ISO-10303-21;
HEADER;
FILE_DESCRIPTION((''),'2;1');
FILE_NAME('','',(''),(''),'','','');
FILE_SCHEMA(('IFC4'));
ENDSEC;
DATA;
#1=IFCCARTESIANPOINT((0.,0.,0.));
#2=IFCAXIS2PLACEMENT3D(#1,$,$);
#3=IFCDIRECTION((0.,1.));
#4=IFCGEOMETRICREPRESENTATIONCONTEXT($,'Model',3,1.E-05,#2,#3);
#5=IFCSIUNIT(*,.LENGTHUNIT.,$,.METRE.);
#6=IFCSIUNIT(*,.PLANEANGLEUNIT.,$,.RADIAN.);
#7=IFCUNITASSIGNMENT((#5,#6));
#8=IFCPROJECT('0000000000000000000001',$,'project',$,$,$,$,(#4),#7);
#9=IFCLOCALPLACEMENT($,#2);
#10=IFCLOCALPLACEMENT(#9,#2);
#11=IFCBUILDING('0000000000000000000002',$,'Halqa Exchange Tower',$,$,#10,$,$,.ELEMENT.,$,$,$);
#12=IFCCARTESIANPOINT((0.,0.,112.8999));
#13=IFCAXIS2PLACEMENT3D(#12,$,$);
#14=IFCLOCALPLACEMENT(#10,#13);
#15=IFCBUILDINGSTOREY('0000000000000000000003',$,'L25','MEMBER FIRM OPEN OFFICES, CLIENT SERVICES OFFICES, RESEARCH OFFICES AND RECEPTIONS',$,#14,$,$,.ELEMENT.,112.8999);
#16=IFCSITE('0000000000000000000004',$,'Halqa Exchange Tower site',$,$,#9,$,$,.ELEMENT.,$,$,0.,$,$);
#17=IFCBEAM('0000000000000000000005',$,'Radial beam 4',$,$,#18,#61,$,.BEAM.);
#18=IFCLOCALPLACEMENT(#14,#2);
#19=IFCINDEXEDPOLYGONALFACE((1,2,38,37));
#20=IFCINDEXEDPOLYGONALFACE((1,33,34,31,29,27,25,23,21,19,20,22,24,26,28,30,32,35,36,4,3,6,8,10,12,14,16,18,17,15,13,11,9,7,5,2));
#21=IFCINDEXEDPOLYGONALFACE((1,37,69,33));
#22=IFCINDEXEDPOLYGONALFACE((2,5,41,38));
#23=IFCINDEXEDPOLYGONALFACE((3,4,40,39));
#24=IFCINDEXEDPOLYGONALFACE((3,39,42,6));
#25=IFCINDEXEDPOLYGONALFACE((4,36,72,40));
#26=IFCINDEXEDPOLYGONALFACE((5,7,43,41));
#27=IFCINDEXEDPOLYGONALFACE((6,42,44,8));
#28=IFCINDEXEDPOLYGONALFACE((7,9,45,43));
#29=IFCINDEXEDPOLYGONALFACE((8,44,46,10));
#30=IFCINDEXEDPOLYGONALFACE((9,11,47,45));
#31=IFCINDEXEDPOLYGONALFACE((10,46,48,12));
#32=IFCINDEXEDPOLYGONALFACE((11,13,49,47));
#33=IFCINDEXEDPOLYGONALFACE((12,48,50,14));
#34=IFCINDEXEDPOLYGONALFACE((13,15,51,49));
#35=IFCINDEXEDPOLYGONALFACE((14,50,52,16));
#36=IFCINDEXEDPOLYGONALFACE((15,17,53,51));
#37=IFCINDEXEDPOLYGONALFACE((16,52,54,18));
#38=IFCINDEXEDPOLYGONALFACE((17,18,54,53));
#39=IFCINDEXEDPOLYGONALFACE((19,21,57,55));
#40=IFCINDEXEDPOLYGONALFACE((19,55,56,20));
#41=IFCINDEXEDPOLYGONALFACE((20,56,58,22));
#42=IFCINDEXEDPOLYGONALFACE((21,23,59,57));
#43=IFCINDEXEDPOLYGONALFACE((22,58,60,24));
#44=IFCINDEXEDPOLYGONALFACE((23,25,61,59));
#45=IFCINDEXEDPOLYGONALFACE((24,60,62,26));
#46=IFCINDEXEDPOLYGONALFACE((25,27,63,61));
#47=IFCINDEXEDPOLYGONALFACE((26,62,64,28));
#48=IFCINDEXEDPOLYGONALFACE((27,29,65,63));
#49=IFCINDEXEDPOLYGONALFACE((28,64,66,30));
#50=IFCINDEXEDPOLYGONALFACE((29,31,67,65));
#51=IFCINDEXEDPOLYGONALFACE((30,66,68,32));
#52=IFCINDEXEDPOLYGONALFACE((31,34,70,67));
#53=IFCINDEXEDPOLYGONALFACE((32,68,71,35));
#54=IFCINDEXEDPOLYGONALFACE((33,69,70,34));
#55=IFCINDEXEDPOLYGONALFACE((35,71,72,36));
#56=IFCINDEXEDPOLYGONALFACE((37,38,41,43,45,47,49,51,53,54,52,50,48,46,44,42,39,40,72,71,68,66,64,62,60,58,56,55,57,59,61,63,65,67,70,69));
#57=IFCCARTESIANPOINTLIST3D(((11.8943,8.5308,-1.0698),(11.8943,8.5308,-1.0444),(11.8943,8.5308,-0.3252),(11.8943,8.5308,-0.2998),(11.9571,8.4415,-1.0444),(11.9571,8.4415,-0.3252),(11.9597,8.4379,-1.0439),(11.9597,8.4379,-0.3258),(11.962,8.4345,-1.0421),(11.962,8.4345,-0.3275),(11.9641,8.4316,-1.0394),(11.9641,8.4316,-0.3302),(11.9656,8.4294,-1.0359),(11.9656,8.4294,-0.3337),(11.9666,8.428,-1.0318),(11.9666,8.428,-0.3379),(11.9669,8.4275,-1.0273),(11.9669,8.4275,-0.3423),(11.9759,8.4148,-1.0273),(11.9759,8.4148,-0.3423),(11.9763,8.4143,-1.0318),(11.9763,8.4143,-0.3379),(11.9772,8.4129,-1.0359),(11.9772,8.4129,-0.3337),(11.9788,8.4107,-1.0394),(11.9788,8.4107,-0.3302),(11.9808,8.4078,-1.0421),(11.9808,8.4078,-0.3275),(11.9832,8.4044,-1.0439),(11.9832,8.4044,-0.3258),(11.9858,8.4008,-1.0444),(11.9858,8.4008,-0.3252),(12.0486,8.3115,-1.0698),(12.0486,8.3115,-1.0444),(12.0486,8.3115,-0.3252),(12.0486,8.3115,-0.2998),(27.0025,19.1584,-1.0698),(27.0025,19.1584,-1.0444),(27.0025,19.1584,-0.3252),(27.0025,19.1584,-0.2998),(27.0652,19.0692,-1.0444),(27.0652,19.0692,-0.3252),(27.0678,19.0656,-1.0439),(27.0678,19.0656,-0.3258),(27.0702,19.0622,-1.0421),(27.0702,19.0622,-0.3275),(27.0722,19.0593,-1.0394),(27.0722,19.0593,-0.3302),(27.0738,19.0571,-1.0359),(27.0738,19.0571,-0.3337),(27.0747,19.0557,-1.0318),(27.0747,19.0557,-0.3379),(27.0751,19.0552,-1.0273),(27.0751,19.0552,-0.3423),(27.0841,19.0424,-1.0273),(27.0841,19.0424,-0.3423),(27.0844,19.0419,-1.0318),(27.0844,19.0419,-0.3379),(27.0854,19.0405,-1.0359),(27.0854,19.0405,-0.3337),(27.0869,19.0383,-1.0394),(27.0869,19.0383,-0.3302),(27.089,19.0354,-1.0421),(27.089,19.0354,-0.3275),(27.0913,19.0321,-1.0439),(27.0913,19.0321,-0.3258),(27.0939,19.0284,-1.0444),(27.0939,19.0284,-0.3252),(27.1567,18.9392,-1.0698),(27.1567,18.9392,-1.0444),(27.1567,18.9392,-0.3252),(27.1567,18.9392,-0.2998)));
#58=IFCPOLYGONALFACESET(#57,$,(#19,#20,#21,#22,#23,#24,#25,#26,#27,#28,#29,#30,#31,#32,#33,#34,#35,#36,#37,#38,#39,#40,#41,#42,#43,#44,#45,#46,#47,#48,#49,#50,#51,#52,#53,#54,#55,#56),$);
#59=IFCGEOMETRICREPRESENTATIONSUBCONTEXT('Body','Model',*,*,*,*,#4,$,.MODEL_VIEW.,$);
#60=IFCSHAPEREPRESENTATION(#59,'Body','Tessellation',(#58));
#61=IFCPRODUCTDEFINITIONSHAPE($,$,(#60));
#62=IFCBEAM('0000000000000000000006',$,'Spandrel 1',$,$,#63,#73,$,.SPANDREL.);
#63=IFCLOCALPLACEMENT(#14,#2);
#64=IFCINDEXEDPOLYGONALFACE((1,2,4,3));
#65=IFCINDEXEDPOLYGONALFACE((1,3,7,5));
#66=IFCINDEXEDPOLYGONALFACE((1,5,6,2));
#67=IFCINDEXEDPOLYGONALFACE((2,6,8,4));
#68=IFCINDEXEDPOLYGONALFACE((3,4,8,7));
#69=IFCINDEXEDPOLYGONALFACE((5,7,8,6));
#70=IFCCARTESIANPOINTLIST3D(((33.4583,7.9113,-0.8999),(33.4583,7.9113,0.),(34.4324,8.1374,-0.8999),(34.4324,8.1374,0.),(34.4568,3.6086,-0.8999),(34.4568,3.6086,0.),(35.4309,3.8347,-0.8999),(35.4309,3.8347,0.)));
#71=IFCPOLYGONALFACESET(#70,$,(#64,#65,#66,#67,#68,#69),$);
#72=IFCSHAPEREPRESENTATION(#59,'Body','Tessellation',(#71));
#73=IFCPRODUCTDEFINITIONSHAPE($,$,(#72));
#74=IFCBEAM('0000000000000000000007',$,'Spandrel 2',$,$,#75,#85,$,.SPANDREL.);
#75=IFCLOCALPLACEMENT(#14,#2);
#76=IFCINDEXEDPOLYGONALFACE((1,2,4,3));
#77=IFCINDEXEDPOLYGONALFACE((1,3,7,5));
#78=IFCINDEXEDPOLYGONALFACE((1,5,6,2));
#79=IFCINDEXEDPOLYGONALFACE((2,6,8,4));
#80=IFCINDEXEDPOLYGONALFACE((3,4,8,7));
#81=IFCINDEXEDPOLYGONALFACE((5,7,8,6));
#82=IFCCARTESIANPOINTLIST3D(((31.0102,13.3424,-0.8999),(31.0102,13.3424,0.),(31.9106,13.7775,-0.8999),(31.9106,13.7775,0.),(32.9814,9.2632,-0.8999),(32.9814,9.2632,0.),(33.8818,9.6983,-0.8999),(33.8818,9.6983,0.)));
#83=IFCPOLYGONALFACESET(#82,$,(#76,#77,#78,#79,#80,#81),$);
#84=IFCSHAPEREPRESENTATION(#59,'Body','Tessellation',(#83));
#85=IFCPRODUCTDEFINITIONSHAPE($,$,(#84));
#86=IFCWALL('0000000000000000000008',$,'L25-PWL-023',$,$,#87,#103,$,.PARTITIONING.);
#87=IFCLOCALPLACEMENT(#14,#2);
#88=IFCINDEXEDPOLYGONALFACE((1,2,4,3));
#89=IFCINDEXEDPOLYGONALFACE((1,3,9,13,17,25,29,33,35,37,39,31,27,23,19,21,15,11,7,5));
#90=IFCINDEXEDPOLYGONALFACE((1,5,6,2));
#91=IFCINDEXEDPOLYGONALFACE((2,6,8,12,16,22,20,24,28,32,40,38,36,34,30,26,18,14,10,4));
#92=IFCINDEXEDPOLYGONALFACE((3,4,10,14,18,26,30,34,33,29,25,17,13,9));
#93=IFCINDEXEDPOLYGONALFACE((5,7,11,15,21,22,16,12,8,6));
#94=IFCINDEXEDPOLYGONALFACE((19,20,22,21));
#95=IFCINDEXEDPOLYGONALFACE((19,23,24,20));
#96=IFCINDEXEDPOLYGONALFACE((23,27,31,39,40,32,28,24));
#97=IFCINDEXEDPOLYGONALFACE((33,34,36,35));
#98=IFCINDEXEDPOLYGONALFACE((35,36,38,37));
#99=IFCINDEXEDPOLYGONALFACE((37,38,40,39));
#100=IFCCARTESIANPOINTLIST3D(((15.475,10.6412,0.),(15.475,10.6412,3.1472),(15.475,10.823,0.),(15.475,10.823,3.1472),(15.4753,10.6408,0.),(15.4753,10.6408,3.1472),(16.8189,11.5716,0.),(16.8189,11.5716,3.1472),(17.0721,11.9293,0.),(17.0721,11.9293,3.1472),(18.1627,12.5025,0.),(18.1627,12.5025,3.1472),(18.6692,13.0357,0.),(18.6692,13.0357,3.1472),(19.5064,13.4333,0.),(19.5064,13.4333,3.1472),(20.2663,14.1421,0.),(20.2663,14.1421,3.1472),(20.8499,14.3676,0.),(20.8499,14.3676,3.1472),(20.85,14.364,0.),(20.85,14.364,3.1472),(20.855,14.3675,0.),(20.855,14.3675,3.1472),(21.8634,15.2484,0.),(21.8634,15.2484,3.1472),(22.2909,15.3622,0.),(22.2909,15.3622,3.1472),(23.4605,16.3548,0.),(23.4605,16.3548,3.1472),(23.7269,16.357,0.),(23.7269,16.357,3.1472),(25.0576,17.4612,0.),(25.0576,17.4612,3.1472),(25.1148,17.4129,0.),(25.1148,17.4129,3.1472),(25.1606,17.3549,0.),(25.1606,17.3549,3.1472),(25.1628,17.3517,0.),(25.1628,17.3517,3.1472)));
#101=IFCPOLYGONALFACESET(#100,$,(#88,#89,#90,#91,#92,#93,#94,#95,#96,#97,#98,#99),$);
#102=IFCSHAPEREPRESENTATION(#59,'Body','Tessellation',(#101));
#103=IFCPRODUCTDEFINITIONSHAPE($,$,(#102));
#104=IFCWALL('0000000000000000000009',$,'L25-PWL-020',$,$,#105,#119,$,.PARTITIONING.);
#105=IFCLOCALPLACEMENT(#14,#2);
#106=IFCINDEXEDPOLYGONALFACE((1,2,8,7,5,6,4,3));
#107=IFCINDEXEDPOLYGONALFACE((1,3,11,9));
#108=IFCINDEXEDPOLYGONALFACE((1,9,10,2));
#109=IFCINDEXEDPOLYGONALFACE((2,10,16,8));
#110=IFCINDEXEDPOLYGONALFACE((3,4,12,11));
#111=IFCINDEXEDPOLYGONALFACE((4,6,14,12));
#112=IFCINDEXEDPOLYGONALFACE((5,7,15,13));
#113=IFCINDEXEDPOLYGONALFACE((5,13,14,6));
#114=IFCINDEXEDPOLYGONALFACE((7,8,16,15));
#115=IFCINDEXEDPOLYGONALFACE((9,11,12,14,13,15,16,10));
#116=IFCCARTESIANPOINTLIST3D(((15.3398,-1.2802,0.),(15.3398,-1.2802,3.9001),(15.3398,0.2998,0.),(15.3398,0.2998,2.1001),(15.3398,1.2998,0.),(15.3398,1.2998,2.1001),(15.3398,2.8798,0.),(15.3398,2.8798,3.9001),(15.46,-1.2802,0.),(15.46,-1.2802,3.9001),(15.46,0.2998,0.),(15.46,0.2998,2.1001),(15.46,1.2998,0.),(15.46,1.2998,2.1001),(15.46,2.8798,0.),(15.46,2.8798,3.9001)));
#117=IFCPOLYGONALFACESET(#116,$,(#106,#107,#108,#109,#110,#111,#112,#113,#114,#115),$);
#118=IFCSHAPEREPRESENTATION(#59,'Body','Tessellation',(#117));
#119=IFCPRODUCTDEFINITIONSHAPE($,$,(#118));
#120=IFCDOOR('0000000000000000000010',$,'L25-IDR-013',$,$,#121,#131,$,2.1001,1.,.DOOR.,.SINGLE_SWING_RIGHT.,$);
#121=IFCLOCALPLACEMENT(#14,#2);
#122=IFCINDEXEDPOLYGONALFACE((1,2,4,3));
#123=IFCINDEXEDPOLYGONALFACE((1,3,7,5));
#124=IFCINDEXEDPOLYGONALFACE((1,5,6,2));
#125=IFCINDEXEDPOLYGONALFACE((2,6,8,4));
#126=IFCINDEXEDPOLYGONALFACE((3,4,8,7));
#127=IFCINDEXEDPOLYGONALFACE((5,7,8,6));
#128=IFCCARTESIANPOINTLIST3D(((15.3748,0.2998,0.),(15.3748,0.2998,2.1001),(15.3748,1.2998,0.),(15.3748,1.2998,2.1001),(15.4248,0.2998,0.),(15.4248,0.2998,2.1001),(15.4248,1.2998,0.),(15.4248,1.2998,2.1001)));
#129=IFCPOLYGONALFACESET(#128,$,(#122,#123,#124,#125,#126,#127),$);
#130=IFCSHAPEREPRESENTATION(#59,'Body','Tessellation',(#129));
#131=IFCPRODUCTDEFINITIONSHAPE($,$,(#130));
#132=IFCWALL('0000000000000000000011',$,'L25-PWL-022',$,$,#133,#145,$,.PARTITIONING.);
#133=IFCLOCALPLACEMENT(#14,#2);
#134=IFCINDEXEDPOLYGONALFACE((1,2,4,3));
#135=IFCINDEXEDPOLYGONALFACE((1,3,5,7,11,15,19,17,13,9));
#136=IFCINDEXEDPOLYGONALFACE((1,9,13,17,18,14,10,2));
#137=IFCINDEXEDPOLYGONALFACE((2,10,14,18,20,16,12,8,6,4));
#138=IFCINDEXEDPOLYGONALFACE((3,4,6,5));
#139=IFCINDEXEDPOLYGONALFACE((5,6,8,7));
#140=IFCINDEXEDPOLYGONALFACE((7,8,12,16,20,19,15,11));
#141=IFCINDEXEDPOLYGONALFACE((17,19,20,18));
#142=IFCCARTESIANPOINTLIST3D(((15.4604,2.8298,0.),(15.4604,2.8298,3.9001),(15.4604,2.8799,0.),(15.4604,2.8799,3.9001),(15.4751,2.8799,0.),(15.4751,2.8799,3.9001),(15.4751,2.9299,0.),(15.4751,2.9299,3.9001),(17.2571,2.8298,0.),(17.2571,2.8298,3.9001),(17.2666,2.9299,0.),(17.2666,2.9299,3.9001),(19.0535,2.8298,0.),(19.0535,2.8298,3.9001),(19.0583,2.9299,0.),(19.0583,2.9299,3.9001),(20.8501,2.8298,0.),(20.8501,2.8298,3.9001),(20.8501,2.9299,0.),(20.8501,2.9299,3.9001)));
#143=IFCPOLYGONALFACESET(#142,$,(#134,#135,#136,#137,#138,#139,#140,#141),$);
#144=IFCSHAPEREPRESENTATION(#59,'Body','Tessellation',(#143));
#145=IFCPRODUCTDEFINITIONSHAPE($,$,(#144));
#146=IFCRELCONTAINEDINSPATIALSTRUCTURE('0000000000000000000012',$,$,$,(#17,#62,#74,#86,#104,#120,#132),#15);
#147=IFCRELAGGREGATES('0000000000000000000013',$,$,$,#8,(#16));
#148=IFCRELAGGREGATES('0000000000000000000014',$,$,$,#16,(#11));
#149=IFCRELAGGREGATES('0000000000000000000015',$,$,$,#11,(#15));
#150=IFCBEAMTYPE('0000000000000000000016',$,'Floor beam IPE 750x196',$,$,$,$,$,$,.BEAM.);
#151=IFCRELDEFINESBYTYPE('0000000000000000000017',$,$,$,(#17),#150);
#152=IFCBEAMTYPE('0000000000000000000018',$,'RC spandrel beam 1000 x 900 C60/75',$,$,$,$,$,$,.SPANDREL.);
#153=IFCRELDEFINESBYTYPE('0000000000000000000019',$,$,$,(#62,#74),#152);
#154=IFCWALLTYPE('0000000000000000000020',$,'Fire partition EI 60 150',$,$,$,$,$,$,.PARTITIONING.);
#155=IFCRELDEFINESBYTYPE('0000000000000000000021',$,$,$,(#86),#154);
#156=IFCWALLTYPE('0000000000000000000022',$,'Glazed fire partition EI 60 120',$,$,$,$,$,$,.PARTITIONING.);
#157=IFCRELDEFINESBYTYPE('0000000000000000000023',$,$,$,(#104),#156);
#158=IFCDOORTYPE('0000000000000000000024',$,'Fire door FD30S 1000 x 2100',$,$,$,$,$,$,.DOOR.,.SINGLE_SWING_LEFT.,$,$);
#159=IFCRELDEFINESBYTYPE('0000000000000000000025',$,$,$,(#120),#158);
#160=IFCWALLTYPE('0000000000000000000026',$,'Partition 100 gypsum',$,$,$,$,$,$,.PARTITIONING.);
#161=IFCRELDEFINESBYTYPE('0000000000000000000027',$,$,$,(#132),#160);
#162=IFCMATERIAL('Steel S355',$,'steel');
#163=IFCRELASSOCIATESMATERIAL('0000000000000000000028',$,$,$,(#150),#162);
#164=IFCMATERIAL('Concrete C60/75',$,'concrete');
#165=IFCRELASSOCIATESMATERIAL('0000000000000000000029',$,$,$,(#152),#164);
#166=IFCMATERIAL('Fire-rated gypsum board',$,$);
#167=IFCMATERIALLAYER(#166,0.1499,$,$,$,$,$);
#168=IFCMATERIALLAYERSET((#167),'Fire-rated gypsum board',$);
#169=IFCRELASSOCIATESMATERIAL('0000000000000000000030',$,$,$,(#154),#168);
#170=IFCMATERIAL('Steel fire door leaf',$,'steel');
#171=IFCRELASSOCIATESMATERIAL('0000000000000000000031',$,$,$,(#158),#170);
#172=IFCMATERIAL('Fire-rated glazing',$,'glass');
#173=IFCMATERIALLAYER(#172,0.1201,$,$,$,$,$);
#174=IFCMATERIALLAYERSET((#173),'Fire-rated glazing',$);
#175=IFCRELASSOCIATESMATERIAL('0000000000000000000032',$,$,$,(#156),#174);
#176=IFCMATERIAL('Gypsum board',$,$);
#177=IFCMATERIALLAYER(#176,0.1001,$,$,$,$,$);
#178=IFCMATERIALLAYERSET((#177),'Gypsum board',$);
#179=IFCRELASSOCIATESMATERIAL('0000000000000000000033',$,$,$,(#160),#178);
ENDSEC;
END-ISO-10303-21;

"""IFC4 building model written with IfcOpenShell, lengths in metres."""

from ifc_helpers import new_model, si_unit, direction, frame, frame_2d, origin, origin_2d, place, context, subcontext, project, spatial, polyline, rectangle, i_section, outline, extrude, material, layer, layer_set, material_profile, profile_set, type_object, element, fill, save


model = new_model("IFC4")

# Units and contexts
model_context = context("Model", 3, precision=1e-05, world=origin(), true_north=direction((0.0, 1.0)))
body_context = subcontext(model_context, "Body", "Model", "MODEL_VIEW")
ifc_project = project(units=[si_unit("LENGTHUNIT", "METRE"), si_unit("PLANEANGLEUNIT", "RADIAN")], contexts=[model_context])

# Site, building, storey
site_placement = place(None, origin())
site = spatial("IfcSite", under=ifc_project, at=site_placement, Name="Halqa Exchange Tower site", CompositionType="ELEMENT", RefElevation=0.0)
building_placement = place(site_placement, origin())
building = spatial("IfcBuilding", under=site, at=building_placement, Name="Halqa Exchange Tower", CompositionType="ELEMENT")
storey_placement = place(building_placement, frame((0.0, 0.0, 112.8999)))
storey = spatial("IfcBuildingStorey", under=building, at=storey_placement, Name="L25", Description="MEMBER FIRM OPEN OFFICES, CLIENT SERVICES OFFICES, RESEARCH OFFICES AND RECEPTIONS", CompositionType="ELEMENT", Elevation=112.8999)

# Beams
ifc_material_1 = material(Name="Steel S355", Category="steel")
ifc_material_profile_1 = material_profile(ifc_material_1, i_section(OverallWidth=0.2681, OverallDepth=0.77, WebThickness=0.0156, FlangeThickness=0.0254, FilletRadius=0.0171, at=origin_2d()), Name="IPE 750x196")
ifc_profile_set_1 = profile_set([ifc_material_profile_1], Name="Steel S355")
beam_type_1 = type_object("IfcBeamType", Name="Floor beam IPE 750x196", PredefinedType="BEAM", material=ifc_profile_set_1)
beam_1_placement = place(storey_placement, frame((11.9714, 8.4211, -0.6848), z_axis=(0.817908, 0.575349, 0.0), x_axis=(-0.575349, 0.817908, 0.0)))
element("IfcBeam", 1, at=beam_1_placement, inside=storey, type_object=beam_type_1, Name="Radial beam 4", PredefinedType="BEAM", context=body_context, shape_type="SweptSolid", body=[
    extrude(i_section(OverallWidth=0.2681, OverallDepth=0.77, WebThickness=0.0156, FlangeThickness=0.0254, FilletRadius=0.0171, at=origin_2d()), origin(), (0.0, 0.0, 1.0), 18.4717),
])
ifc_material_2 = material(Name="Concrete C60/75", Category="concrete")
ifc_material_profile_2 = material_profile(ifc_material_2, rectangle(XDim=1.0, YDim=0.8999, at=origin_2d()), Name="1000 x 900")
ifc_profile_set_2 = profile_set([ifc_material_profile_2], Name="Concrete C60/75")
beam_type_2 = type_object("IfcBeamType", Name="RC spandrel beam 1000 x 900 C60/75", PredefinedType="SPANDREL", material=ifc_profile_set_2)
beam_2_placement = place(storey_placement, frame((34.9438, 3.7217, -0.45), z_axis=(-0.226062, 0.974113, 0.0), x_axis=(-0.974113, -0.226062, 0.0)))
element("IfcBeam", 2, at=beam_2_placement, inside=storey, type_object=beam_type_2, Name="Spandrel 1", PredefinedType="SPANDREL", context=body_context, shape_type="SweptSolid", body=[
    extrude(rectangle(XDim=1.0, YDim=0.8999, at=origin_2d()), origin(), (0.0, 0.0, 1.0), 4.417),
])
beam_3_placement = place(storey_placement, frame((33.4316, 9.4807, -0.45), z_axis=(-0.435102, 0.900381, 0.0), x_axis=(-0.900381, -0.435102, 0.0)))
element("IfcBeam", 3, at=beam_3_placement, inside=storey, type_object=beam_type_2, Name="Spandrel 2", PredefinedType="SPANDREL", context=body_context, shape_type="SweptSolid", body=[
    extrude(rectangle(XDim=1.0, YDim=0.8999, at=origin_2d()), origin(), (0.0, 0.0, 1.0), 4.5305),
])

# Shared definitions
ifc_material_3 = material(Name="Fire-rated gypsum board")
ifc_layer_1 = layer(ifc_material_3, 0.1499)
ifc_layer_set_1 = layer_set([ifc_layer_1], Name="Fire-rated gypsum board")
wall_type_1 = type_object("IfcWallType", Name="Fire partition EI 60 150", PredefinedType="PARTITIONING", material=ifc_layer_set_1)
ifc_material_4 = material(Name="Steel fire door leaf", Category="steel")
door_type = type_object("IfcDoorType", Name="Fire door FD30S 1000 x 2100", OperationType="SINGLE_SWING_LEFT", PredefinedType="DOOR", material=ifc_material_4)

# Wall
wall_1_placement = place(storey_placement, frame((15.4326, 10.7024, 0.0), z_axis=(0.0, 0.0, 1.0), x_axis=(0.822025, 0.569451, 0.0)))
element("IfcWall", 4, at=wall_1_placement, inside=storey, type_object=wall_type_1, Name="L25-PWL-023", PredefinedType="PARTITIONING", context=body_context, shape_type="SweptSolid", body=[
    extrude(outline(polyline([(0.0, -0.075), (1.6345, -0.075), (3.2693, -0.075), (4.9038, -0.075), (6.5383, -0.075), (6.5403, -0.072), (6.5444, -0.075), (8.2913, -0.075), (10.0381, -0.075), (11.7849, -0.075), (11.7849, -0.071), (11.7803, 0.0027), (11.7607, 0.075), (9.8179, 0.075), (7.875, 0.075), (5.9321, 0.075), (3.9893, 0.075), (2.0464, 0.075), (0.1035, 0.075), (0.0, -0.0745), (0.0, -0.075)])), origin(), (0.0, 0.0, 1.0), 3.1472),
])

# Wall, opening, door
ifc_material_5 = material(Name="Fire-rated glazing", Category="glass")
ifc_layer_2 = layer(ifc_material_5, 0.1201)
ifc_layer_set_2 = layer_set([ifc_layer_2], Name="Fire-rated glazing")
wall_type_2 = type_object("IfcWallType", Name="Glazed fire partition EI 60 120", PredefinedType="PARTITIONING", material=ifc_layer_set_2)
wall_2_placement = place(storey_placement, frame((15.3999, 2.8799, 0.0), z_axis=(0.0, 0.0, 1.0), x_axis=(0.0, -1.0, 0.0)))
wall_2 = element("IfcWall", 5, at=wall_2_placement, inside=storey, type_object=wall_type_2, Name="L25-PWL-020", PredefinedType="PARTITIONING", context=body_context, shape_type="SweptSolid", body=[
    extrude(rectangle(XDim=4.1599, YDim=0.1201, at=frame_2d((2.0801, 0.0))), origin(), (0.0, 0.0, 1.0), 3.9001),
])
opening_1_placement = place(wall_2_placement, frame((1.5801, 0.0, 0.0)))
opening_1 = element("IfcOpeningElement", 6, at=opening_1_placement, cuts=wall_2, PredefinedType="OPENING", context=body_context, shape_type="SweptSolid", body=[
    extrude(rectangle(XDim=1.0, YDim=2.1001, at=frame_2d((0.5, 1.05))), frame((0.0, 0.072, 0.0), z_axis=(0.0, -1.0, 0.0), x_axis=(1.0, 0.0, 0.0)), (0.0, 0.0, 1.0), 0.144),
])
door_1_placement = place(opening_1_placement, origin())
door_1 = element("IfcDoor", 7, at=door_1_placement, inside=storey, type_object=door_type, Name="L25-IDR-013", OperationType="SINGLE_SWING_RIGHT", OverallHeight=2.1001, OverallWidth=1.0, PredefinedType="DOOR", context=body_context, shape_type="SweptSolid", body=[
    extrude(rectangle(XDim=1.0, YDim=2.1001, at=frame_2d((0.5, 1.05))), frame((0.0, 0.0249, 0.0), z_axis=(0.0, -1.0, 0.0), x_axis=(1.0, 0.0, 0.0)), (0.0, 0.0, 1.0), 0.05),
])
fill(opening_1, door_1)

# Wall
ifc_material_6 = material(Name="Gypsum board")
ifc_layer_3 = layer(ifc_material_6, 0.1001)
ifc_layer_set_3 = layer_set([ifc_layer_3], Name="Gypsum board")
wall_type_3 = type_object("IfcWallType", Name="Partition 100 gypsum", PredefinedType="PARTITIONING", material=ifc_layer_set_3)
wall_3_placement = place(storey_placement, frame((15.4604, 2.8799, 0.0), z_axis=(0.0, 0.0, 1.0), x_axis=(1.0, 0.0, 0.0)))
element("IfcWall", 8, at=wall_3_placement, inside=storey, type_object=wall_type_3, Name="L25-PWL-022", PredefinedType="PARTITIONING", context=body_context, shape_type="SweptSolid", body=[
    extrude(outline(polyline([(0.0, -0.05), (1.7966, -0.05), (3.593, -0.05), (5.3896, -0.05), (5.3896, 0.05), (3.5979, 0.05), (1.8062, 0.05), (0.0146, 0.05), (0.0146, 0.0), (0.0, 0.0), (0.0, -0.05)])), origin(), (0.0, 0.0, 1.0), 3.9001),
])

save(model, "model.ifc")
